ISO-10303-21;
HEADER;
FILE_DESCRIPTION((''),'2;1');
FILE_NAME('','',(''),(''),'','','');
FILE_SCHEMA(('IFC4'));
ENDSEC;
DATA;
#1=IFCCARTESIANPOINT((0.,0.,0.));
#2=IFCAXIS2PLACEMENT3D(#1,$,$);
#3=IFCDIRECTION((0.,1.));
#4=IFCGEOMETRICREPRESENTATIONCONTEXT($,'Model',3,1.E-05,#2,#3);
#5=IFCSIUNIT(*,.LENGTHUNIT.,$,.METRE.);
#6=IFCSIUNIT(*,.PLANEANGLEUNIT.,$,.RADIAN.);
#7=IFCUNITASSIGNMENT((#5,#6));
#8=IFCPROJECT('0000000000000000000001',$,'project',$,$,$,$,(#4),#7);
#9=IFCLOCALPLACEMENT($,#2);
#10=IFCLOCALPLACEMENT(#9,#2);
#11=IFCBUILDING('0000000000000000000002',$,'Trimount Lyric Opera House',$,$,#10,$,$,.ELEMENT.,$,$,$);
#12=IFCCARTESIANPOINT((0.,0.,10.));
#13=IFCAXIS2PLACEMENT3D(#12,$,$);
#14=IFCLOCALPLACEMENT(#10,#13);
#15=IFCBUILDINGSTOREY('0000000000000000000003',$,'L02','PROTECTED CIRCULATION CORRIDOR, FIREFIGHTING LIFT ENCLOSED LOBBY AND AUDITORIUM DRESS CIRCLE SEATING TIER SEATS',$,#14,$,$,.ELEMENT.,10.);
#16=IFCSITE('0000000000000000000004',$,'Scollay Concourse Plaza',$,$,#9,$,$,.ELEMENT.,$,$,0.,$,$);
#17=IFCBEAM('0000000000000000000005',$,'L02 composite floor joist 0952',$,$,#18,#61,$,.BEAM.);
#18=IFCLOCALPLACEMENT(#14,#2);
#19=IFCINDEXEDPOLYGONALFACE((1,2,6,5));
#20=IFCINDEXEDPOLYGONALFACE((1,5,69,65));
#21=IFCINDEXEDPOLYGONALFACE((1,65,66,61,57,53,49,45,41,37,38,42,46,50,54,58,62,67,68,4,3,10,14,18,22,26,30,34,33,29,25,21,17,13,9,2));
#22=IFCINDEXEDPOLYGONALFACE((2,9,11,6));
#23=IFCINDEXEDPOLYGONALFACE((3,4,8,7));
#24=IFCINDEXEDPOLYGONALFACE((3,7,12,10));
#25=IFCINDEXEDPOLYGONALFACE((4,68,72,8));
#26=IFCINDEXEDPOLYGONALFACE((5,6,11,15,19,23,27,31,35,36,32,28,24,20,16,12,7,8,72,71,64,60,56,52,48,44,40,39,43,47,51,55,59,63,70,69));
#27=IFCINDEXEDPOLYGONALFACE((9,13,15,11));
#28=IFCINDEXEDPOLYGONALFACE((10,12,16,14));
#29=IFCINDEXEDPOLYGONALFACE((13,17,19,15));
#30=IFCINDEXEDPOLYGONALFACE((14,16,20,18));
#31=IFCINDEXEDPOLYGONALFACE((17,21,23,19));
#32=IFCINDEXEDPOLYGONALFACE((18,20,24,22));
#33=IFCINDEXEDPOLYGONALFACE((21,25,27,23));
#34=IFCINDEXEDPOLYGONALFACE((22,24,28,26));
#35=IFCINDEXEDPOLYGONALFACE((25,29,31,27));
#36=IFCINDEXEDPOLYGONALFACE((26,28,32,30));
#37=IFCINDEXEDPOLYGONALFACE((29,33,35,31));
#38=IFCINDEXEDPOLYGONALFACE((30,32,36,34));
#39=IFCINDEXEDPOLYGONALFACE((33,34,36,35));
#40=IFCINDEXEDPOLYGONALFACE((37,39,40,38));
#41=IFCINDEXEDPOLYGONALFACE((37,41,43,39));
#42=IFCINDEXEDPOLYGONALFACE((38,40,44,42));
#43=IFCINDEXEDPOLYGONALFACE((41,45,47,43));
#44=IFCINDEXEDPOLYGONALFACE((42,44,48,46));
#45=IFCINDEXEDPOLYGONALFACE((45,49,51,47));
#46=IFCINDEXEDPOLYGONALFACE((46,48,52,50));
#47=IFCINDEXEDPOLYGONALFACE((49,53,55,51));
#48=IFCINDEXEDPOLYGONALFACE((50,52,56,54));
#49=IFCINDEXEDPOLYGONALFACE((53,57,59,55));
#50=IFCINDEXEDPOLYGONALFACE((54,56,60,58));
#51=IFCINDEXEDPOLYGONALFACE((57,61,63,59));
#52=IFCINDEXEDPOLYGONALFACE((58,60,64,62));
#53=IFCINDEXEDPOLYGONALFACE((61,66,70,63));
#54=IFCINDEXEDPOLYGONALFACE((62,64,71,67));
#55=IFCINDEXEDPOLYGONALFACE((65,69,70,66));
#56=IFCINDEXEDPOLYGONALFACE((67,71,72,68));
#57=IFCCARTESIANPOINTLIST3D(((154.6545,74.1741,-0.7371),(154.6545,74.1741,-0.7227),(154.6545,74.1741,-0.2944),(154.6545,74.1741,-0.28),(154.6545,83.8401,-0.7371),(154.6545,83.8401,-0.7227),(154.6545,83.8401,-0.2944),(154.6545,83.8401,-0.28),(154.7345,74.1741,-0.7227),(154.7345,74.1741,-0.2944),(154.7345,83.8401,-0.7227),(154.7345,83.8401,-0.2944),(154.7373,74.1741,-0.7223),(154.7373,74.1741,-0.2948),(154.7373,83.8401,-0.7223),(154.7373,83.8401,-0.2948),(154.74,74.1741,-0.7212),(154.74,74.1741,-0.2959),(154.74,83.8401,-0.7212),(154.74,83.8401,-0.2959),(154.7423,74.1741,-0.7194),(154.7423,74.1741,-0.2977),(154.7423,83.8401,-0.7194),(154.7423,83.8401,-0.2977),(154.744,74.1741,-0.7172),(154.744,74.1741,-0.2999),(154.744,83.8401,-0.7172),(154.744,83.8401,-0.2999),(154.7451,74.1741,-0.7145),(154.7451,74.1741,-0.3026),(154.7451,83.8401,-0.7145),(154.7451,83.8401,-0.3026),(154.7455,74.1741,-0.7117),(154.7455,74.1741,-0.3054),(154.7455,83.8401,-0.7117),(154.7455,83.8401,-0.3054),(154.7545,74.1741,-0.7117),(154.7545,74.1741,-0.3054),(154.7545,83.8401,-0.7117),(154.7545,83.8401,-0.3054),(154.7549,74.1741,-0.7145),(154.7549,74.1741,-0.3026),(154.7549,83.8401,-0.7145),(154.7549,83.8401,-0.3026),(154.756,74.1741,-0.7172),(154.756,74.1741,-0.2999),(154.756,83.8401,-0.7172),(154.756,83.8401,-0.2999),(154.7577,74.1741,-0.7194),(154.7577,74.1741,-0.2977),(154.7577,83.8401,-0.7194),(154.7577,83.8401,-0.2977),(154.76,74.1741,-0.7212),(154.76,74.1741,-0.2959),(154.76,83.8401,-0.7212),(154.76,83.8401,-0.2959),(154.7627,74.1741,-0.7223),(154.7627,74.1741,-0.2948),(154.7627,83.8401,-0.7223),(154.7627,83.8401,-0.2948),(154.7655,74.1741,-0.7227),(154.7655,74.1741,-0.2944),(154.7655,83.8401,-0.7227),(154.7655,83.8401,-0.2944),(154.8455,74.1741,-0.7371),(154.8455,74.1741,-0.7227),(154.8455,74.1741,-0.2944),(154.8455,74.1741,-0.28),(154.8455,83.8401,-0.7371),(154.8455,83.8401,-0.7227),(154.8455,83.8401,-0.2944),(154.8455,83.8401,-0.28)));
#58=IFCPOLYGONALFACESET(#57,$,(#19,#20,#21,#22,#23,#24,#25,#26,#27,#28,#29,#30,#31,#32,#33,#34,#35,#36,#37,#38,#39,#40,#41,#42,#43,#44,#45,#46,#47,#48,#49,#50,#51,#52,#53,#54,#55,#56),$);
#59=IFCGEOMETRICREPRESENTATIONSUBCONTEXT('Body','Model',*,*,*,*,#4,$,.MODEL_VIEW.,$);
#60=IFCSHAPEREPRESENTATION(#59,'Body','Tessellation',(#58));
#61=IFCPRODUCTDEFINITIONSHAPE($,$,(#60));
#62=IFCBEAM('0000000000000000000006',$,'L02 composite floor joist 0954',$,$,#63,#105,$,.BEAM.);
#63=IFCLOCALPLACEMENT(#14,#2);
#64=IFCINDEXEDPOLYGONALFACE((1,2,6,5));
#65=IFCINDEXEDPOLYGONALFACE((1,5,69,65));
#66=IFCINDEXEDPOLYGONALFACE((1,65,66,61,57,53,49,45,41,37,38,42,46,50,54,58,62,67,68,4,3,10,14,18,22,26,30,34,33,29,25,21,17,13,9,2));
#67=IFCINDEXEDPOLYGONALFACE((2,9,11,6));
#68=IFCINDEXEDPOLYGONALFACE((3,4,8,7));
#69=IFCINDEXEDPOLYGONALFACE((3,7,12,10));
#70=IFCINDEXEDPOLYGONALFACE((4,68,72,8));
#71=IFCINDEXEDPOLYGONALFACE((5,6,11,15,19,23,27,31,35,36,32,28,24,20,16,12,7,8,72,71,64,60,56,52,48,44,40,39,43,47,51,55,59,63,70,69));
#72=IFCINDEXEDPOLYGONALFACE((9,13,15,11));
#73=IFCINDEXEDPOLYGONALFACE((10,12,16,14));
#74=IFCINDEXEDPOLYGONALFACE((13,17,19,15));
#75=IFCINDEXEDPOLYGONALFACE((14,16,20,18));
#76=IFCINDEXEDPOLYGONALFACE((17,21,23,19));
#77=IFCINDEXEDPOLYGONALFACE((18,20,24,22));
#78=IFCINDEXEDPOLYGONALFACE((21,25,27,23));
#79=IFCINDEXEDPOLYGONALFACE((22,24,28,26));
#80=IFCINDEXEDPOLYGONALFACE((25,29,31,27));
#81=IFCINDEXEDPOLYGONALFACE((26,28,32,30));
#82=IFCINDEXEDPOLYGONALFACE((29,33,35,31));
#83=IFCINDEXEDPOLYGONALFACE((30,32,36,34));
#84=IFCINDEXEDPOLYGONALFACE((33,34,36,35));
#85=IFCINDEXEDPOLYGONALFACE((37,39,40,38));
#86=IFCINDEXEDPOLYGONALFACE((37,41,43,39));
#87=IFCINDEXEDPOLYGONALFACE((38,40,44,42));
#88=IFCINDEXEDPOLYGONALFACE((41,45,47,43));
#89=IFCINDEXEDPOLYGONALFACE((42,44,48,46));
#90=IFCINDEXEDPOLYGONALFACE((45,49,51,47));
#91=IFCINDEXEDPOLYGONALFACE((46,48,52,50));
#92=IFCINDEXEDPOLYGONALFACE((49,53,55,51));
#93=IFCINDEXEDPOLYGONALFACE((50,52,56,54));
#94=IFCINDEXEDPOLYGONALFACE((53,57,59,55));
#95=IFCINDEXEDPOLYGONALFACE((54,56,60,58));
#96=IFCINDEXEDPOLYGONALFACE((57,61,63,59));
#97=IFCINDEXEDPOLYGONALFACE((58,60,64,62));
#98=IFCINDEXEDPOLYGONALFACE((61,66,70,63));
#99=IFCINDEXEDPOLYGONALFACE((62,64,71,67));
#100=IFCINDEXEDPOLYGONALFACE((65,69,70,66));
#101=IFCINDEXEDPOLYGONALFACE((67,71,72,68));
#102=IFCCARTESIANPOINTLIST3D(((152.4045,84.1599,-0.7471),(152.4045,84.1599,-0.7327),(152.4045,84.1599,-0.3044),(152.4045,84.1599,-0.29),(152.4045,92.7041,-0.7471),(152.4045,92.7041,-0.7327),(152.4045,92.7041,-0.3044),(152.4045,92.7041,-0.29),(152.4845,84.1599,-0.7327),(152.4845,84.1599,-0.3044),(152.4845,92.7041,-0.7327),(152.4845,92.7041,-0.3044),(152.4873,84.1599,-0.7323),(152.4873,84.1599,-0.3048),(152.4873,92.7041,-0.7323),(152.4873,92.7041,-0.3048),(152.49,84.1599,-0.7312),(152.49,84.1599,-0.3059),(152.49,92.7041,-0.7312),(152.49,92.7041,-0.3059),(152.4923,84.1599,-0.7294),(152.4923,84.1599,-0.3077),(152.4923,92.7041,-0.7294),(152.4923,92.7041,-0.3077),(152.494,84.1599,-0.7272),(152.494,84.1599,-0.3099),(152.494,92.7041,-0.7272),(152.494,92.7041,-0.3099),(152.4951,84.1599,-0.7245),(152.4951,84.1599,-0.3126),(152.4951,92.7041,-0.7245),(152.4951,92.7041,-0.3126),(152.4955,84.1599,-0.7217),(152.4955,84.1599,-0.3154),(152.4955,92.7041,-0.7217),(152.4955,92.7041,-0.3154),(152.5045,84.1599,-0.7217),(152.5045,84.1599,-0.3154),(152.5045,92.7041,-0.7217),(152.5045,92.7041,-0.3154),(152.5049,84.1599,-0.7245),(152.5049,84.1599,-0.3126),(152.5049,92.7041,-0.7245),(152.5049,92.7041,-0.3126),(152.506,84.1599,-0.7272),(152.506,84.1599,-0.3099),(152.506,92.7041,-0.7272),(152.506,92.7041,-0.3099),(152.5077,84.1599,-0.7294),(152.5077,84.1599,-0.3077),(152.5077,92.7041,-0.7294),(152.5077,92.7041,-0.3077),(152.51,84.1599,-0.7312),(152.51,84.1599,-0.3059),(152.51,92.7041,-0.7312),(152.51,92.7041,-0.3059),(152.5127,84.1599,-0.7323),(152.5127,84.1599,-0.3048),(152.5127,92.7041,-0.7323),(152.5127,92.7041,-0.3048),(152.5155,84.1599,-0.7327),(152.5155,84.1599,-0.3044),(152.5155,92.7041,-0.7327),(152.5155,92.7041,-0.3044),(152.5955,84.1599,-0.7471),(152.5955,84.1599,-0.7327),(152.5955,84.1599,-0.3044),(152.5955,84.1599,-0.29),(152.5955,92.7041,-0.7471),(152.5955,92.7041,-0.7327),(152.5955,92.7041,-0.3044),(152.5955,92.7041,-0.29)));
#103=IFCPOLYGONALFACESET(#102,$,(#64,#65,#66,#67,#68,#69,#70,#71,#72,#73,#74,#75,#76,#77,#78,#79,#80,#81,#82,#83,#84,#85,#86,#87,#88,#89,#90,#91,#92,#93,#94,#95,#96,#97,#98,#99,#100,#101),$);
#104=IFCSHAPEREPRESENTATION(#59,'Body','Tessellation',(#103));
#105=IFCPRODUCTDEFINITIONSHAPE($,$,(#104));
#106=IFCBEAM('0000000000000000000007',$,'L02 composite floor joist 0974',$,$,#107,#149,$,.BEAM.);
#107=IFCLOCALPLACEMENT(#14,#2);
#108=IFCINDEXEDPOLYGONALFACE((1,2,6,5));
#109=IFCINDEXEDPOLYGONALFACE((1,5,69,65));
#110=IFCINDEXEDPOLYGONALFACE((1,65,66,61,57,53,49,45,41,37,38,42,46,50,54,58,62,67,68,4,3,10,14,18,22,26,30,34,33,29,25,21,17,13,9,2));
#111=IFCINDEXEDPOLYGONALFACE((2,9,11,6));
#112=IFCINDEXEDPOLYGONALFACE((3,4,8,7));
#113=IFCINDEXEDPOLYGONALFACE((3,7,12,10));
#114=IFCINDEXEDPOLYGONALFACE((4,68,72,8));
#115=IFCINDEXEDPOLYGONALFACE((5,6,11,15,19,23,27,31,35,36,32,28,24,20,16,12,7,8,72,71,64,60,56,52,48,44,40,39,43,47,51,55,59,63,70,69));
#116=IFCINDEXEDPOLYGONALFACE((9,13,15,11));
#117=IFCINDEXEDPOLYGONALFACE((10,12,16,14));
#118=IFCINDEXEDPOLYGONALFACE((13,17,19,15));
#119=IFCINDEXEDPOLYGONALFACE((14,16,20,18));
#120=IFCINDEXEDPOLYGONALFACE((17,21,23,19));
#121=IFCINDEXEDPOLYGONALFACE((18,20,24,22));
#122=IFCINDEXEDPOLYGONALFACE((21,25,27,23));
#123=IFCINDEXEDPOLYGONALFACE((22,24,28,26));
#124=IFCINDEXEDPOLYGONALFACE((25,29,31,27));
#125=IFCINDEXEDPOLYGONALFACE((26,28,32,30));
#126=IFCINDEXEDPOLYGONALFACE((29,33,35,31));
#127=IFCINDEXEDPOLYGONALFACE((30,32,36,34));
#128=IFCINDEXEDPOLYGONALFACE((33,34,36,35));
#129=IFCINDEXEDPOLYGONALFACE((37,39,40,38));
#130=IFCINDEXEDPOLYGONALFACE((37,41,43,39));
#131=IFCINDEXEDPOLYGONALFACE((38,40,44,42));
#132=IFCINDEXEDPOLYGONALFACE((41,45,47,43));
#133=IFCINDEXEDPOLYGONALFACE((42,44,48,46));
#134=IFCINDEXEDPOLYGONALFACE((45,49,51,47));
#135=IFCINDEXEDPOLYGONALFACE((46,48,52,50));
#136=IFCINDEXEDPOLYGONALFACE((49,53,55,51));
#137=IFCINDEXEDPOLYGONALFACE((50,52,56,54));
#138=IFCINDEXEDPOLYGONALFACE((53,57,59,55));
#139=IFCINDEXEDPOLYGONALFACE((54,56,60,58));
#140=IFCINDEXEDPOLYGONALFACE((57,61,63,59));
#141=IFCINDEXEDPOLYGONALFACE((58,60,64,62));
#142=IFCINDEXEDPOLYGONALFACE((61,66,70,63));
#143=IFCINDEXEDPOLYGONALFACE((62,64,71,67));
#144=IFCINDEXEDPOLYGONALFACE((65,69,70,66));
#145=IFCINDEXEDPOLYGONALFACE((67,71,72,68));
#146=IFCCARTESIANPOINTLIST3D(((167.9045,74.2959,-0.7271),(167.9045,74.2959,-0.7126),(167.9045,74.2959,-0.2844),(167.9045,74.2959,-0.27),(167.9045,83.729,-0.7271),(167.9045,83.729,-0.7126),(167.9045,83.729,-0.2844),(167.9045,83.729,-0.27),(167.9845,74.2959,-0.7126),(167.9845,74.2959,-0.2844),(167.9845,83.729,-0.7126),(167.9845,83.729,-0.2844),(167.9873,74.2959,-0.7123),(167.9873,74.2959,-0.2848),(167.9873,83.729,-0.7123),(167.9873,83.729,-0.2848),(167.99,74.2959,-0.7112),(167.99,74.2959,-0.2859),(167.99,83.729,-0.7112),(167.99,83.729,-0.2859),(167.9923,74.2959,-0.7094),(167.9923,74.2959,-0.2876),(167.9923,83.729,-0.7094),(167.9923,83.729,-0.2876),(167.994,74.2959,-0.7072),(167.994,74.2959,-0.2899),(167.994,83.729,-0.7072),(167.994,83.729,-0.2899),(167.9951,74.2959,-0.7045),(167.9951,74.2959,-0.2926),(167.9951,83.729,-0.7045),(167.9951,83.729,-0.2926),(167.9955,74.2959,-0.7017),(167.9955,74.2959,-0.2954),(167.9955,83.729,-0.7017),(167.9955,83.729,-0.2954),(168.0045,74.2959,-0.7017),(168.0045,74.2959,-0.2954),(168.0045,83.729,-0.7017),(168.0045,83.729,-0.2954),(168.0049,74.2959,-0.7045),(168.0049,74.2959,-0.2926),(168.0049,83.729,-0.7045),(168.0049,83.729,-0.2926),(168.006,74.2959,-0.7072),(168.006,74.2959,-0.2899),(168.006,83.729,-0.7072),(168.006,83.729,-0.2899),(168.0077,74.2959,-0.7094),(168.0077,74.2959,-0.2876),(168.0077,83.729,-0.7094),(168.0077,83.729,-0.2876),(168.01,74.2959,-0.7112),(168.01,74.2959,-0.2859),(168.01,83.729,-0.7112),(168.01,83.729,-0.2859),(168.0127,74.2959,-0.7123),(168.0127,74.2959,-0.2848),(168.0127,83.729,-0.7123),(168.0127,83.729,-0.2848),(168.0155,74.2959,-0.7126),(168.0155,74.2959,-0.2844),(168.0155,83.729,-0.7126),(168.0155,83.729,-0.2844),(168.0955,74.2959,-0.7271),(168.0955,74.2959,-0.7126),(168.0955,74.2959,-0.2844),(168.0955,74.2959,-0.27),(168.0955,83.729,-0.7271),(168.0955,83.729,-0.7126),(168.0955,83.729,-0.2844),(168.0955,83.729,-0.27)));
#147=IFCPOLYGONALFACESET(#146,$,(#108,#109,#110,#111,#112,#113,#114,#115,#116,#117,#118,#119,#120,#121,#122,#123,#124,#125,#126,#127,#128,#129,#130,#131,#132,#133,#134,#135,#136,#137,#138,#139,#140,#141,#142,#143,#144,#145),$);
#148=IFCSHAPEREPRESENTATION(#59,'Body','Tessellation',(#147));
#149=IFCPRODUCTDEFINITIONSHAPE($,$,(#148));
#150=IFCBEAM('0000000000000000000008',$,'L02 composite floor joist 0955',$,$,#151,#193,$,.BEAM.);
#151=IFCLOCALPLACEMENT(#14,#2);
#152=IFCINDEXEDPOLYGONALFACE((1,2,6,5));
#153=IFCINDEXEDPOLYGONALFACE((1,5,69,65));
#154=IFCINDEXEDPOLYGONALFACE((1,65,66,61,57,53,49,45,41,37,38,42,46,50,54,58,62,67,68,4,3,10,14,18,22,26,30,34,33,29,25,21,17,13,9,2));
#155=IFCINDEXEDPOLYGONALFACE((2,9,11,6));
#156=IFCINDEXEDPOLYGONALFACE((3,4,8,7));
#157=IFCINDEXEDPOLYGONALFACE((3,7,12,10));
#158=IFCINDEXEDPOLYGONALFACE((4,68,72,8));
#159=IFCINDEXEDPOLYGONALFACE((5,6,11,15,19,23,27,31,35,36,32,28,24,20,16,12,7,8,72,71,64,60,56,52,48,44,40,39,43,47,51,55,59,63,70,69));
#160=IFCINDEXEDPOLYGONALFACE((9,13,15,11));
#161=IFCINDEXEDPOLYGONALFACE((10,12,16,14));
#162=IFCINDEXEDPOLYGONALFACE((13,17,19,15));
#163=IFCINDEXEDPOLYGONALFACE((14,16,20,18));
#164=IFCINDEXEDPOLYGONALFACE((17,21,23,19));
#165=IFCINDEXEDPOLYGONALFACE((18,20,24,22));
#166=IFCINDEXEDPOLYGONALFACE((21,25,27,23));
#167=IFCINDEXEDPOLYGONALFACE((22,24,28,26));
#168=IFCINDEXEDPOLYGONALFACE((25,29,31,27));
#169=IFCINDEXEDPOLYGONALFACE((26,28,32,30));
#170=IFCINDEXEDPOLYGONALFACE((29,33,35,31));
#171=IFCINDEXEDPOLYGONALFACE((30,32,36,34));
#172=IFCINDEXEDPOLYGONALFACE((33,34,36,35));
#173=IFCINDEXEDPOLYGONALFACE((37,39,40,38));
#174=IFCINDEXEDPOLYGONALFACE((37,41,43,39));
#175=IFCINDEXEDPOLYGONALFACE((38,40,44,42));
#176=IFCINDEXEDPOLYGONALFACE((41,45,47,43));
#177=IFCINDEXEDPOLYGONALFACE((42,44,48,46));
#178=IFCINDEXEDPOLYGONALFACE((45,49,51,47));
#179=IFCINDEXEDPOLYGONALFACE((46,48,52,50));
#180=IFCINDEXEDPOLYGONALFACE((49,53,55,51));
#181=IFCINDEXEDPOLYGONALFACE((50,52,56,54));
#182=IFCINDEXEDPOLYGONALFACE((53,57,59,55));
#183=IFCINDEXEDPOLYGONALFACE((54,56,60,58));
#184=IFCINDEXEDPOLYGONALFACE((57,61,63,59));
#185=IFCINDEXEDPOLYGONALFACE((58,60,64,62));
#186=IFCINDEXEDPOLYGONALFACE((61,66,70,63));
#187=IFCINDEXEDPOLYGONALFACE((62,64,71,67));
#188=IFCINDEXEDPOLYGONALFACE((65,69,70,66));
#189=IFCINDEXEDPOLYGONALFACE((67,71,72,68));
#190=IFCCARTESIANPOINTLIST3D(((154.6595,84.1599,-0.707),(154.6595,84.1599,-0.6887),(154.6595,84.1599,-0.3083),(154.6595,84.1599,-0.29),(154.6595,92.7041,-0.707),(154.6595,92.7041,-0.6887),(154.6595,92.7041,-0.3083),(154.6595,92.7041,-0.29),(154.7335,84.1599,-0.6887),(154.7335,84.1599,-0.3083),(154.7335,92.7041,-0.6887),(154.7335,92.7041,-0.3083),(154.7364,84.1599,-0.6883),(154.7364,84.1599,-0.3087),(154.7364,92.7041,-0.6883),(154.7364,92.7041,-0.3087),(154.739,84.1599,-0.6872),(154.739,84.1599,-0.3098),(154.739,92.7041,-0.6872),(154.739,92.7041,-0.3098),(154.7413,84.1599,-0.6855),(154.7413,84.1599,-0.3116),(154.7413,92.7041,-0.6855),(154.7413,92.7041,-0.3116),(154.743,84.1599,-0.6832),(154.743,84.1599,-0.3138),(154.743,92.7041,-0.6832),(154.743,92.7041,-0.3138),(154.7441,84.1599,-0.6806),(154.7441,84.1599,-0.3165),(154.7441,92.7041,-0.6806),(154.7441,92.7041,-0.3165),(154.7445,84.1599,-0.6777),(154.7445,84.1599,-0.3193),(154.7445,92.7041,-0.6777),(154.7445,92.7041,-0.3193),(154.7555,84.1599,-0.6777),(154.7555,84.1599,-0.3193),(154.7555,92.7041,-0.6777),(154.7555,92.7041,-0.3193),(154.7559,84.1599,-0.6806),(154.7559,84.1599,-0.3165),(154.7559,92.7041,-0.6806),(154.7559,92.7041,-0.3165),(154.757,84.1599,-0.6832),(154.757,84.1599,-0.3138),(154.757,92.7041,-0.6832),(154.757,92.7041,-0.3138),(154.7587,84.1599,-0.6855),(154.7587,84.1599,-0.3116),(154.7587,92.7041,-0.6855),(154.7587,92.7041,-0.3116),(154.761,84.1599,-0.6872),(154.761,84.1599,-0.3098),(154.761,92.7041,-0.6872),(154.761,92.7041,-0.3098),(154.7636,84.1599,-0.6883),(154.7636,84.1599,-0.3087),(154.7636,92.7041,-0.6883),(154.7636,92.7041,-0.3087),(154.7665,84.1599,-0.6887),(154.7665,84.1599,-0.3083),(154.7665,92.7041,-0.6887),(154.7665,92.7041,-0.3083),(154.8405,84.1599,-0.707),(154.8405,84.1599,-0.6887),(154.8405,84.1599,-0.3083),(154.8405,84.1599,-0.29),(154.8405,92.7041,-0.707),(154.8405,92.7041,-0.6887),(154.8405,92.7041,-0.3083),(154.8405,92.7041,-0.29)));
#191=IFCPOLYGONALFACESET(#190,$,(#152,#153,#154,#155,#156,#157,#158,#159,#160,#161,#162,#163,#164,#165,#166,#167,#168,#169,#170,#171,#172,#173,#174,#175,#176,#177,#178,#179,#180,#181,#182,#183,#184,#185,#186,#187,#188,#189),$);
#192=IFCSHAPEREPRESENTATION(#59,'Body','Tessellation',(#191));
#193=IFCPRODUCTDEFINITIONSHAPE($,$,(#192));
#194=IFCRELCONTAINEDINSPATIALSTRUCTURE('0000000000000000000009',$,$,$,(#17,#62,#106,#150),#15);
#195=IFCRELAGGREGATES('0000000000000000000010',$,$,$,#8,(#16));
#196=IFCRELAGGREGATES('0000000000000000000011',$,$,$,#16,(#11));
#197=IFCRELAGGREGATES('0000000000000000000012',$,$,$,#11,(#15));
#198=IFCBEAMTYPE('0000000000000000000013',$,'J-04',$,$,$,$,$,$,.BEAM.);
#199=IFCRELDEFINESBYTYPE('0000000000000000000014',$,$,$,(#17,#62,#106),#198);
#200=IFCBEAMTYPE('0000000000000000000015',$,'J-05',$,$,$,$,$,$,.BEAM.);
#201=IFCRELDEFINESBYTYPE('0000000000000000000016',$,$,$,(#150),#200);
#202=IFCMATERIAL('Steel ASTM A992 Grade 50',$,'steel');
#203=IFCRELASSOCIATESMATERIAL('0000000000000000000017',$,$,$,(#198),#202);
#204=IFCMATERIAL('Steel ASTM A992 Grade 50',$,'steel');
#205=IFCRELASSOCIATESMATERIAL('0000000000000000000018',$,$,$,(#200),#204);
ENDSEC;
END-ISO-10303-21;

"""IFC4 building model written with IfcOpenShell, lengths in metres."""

from ifc_helpers import new_model, si_unit, direction, frame, origin, origin_2d, place, context, subcontext, project, spatial, i_section, extrude, material, material_profile, profile_set, type_object, element, save


model = new_model("IFC4")

# Units and contexts
model_context = context("Model", 3, precision=1e-05, world=origin(), true_north=direction((0.0, 1.0)))
body_context = subcontext(model_context, "Body", "Model", "MODEL_VIEW")
ifc_project = project(units=[si_unit("LENGTHUNIT", "METRE"), si_unit("PLANEANGLEUNIT", "RADIAN")], contexts=[model_context])

# Site, building, storey
site_placement = place(None, origin())
site = spatial("IfcSite", under=ifc_project, at=site_placement, Name="Scollay Concourse Plaza", CompositionType="ELEMENT", RefElevation=0.0)
building_placement = place(site_placement, origin())
building = spatial("IfcBuilding", under=site, at=building_placement, Name="Trimount Lyric Opera House", CompositionType="ELEMENT")
storey_placement = place(building_placement, frame((0.0, 0.0, 10.0)))
storey = spatial("IfcBuildingStorey", under=building, at=storey_placement, Name="L02", Description="PROTECTED CIRCULATION CORRIDOR, FIREFIGHTING LIFT ENCLOSED LOBBY AND AUDITORIUM DRESS CIRCLE SEATING TIER SEATS", CompositionType="ELEMENT", Elevation=10.0)

# Beams
ifc_material_1 = material(Name="Steel ASTM A992 Grade 50", Category="steel")
ifc_material_profile_1 = material_profile(ifc_material_1, i_section(OverallWidth=0.1909, OverallDepth=0.457, WebThickness=0.009, FlangeThickness=0.0144, FilletRadius=0.011, at=origin_2d()), Name="W18X50")
ifc_profile_set_1 = profile_set([ifc_material_profile_1], Name="Steel ASTM A992 Grade 50")
beam_type_1 = type_object("IfcBeamType", Name="J-04", PredefinedType="BEAM", material=ifc_profile_set_1)
beam_1_placement = place(storey_placement, frame((154.75, 74.1741, -0.5085), z_axis=(0.0, 1.0, 0.0), x_axis=(-1.0, 0.0, 0.0)))
element("IfcBeam", 1, at=beam_1_placement, inside=storey, type_object=beam_type_1, Name="L02 composite floor joist 0952", PredefinedType="BEAM", context=body_context, shape_type="SweptSolid", body=[
    extrude(i_section(OverallWidth=0.1909, OverallDepth=0.457, WebThickness=0.009, FlangeThickness=0.0144, FilletRadius=0.011, at=origin_2d()), origin(), (0.0, 0.0, 1.0), 9.666),
])
beam_2_placement = place(storey_placement, frame((152.5, 84.1599, -0.5186), z_axis=(0.0, 1.0, 0.0), x_axis=(-1.0, 0.0, 0.0)))
element("IfcBeam", 2, at=beam_2_placement, inside=storey, type_object=beam_type_1, Name="L02 composite floor joist 0954", PredefinedType="BEAM", context=body_context, shape_type="SweptSolid", body=[
    extrude(i_section(OverallWidth=0.1909, OverallDepth=0.457, WebThickness=0.009, FlangeThickness=0.0144, FilletRadius=0.011, at=origin_2d()), origin(), (0.0, 0.0, 1.0), 8.5442),
])
beam_3_placement = place(storey_placement, frame((168.0, 74.2959, -0.4985), z_axis=(0.0, 1.0, 0.0), x_axis=(-1.0, 0.0, 0.0)))
element("IfcBeam", 3, at=beam_3_placement, inside=storey, type_object=beam_type_1, Name="L02 composite floor joist 0974", PredefinedType="BEAM", context=body_context, shape_type="SweptSolid", body=[
    extrude(i_section(OverallWidth=0.1909, OverallDepth=0.457, WebThickness=0.009, FlangeThickness=0.0144, FilletRadius=0.011, at=origin_2d()), origin(), (0.0, 0.0, 1.0), 9.4331),
])
ifc_material_2 = material(Name="Steel ASTM A992 Grade 50", Category="steel")
ifc_material_profile_2 = material_profile(ifc_material_2, i_section(OverallWidth=0.1809, OverallDepth=0.417, WebThickness=0.011, FlangeThickness=0.0183, FilletRadius=0.011, at=origin_2d()), Name="W16X57")
ifc_profile_set_2 = profile_set([ifc_material_profile_2], Name="Steel ASTM A992 Grade 50")
beam_type_2 = type_object("IfcBeamType", Name="J-05", PredefinedType="BEAM", material=ifc_profile_set_2)
beam_4_placement = place(storey_placement, frame((154.75, 84.1599, -0.4985), z_axis=(0.0, 1.0, 0.0), x_axis=(-1.0, 0.0, 0.0)))
element("IfcBeam", 4, at=beam_4_placement, inside=storey, type_object=beam_type_2, Name="L02 composite floor joist 0955", PredefinedType="BEAM", context=body_context, shape_type="SweptSolid", body=[
    extrude(i_section(OverallWidth=0.1809, OverallDepth=0.417, WebThickness=0.011, FlangeThickness=0.0183, FilletRadius=0.011, at=origin_2d()), origin(), (0.0, 0.0, 1.0), 8.5442),
])

save(model, "model.ifc")
